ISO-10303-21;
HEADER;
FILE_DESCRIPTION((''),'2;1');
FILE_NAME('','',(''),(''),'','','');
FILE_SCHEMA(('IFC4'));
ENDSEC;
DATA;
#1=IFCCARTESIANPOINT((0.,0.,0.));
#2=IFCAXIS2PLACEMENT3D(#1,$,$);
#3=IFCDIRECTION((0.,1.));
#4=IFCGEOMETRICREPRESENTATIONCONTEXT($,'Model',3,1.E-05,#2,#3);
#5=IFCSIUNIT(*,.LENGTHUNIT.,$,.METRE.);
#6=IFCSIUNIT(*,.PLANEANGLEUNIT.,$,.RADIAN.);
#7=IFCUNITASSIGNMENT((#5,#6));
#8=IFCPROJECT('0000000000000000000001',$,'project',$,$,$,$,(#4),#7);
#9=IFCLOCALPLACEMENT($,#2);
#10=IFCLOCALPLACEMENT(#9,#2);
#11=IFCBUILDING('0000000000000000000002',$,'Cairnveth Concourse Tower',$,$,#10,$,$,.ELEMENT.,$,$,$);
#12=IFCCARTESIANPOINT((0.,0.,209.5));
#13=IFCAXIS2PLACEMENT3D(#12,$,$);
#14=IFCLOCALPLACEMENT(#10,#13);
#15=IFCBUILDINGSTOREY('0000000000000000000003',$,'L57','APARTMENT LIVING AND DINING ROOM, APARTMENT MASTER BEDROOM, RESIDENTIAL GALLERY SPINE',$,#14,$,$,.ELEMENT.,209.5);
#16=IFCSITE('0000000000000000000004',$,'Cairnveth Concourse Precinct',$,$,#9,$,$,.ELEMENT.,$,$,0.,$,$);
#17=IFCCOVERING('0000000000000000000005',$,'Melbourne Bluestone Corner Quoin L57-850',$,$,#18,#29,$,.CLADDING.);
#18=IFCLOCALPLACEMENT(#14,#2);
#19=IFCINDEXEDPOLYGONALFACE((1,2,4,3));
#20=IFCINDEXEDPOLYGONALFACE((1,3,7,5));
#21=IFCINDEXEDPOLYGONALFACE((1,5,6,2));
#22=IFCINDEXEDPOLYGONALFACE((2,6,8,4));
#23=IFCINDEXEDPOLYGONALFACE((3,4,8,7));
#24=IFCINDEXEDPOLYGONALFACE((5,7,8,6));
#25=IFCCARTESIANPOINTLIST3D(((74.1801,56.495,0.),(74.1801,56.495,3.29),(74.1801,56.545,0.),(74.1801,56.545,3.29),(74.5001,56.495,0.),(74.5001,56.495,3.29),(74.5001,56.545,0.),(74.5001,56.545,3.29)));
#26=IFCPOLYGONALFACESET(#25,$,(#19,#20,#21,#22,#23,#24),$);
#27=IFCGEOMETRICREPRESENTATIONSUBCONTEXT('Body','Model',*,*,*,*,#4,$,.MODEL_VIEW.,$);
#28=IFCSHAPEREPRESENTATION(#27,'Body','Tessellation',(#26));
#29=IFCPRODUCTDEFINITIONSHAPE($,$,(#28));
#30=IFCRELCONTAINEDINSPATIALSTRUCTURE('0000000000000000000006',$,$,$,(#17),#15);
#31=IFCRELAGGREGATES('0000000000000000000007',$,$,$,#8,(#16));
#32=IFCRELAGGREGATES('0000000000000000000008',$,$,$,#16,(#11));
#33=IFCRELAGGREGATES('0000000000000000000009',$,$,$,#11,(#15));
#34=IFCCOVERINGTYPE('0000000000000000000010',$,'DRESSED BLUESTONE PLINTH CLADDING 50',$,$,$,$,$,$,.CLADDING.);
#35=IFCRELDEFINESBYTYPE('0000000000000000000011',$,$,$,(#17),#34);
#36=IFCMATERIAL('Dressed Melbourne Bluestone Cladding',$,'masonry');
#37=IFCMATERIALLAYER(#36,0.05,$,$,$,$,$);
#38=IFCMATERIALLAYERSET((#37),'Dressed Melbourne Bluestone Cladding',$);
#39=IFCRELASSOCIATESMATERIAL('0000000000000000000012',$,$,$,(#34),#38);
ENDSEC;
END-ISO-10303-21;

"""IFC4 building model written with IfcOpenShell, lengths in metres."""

from ifc_helpers import new_model, si_unit, direction, frame, frame_2d, origin, place, context, subcontext, project, spatial, rectangle, extrude, material, layer, layer_set, type_object, element, save


model = new_model("IFC4")

# Units and contexts
model_context = context("Model", 3, precision=1e-05, world=origin(), true_north=direction((0.0, 1.0)))
body_context = subcontext(model_context, "Body", "Model", "MODEL_VIEW")
ifc_project = project(units=[si_unit("LENGTHUNIT", "METRE"), si_unit("PLANEANGLEUNIT", "RADIAN")], contexts=[model_context])

# Site, building, storey
site_placement = place(None, origin())
site = spatial("IfcSite", under=ifc_project, at=site_placement, Name="Cairnveth Concourse Precinct", CompositionType="ELEMENT", RefElevation=0.0)
building_placement = place(site_placement, origin())
building = spatial("IfcBuilding", under=site, at=building_placement, Name="Cairnveth Concourse Tower", CompositionType="ELEMENT")
storey_placement = place(building_placement, frame((0.0, 0.0, 209.5)))
storey = spatial("IfcBuildingStorey", under=building, at=storey_placement, Name="L57", Description="APARTMENT LIVING AND DINING ROOM, APARTMENT MASTER BEDROOM, RESIDENTIAL GALLERY SPINE", CompositionType="ELEMENT", Elevation=209.5)

# Covering
ifc_material_1 = material(Name="Dressed Melbourne Bluestone Cladding", Category="masonry")
ifc_layer_1 = layer(ifc_material_1, 0.05)
ifc_layer_set_1 = layer_set([ifc_layer_1], Name="Dressed Melbourne Bluestone Cladding")
covering_type = type_object("IfcCoveringType", Name="DRESSED BLUESTONE PLINTH CLADDING 50", PredefinedType="CLADDING", material=ifc_layer_set_1)
for number, where, z_axis, x_axis, name in (
    (1, (74.1799, 56.52, 0.0), (0.0, 0.0, 1.0), (1.0, 0.0, 0.0), "Melbourne Bluestone Corner Quoin L57-850"),
):
    element("IfcCovering", number, at=place(storey_placement, frame(where, z_axis=z_axis, x_axis=x_axis)), inside=storey, type_object=covering_type, Name=name, PredefinedType="CLADDING", context=body_context, shape_type="SweptSolid", body=[
        extrude(rectangle(XDim=0.3201, YDim=0.05, at=frame_2d((0.1602, 0.0))), origin(), (0.0, 0.0, 1.0), 3.29),
    ])

save(model, "model.ifc")
